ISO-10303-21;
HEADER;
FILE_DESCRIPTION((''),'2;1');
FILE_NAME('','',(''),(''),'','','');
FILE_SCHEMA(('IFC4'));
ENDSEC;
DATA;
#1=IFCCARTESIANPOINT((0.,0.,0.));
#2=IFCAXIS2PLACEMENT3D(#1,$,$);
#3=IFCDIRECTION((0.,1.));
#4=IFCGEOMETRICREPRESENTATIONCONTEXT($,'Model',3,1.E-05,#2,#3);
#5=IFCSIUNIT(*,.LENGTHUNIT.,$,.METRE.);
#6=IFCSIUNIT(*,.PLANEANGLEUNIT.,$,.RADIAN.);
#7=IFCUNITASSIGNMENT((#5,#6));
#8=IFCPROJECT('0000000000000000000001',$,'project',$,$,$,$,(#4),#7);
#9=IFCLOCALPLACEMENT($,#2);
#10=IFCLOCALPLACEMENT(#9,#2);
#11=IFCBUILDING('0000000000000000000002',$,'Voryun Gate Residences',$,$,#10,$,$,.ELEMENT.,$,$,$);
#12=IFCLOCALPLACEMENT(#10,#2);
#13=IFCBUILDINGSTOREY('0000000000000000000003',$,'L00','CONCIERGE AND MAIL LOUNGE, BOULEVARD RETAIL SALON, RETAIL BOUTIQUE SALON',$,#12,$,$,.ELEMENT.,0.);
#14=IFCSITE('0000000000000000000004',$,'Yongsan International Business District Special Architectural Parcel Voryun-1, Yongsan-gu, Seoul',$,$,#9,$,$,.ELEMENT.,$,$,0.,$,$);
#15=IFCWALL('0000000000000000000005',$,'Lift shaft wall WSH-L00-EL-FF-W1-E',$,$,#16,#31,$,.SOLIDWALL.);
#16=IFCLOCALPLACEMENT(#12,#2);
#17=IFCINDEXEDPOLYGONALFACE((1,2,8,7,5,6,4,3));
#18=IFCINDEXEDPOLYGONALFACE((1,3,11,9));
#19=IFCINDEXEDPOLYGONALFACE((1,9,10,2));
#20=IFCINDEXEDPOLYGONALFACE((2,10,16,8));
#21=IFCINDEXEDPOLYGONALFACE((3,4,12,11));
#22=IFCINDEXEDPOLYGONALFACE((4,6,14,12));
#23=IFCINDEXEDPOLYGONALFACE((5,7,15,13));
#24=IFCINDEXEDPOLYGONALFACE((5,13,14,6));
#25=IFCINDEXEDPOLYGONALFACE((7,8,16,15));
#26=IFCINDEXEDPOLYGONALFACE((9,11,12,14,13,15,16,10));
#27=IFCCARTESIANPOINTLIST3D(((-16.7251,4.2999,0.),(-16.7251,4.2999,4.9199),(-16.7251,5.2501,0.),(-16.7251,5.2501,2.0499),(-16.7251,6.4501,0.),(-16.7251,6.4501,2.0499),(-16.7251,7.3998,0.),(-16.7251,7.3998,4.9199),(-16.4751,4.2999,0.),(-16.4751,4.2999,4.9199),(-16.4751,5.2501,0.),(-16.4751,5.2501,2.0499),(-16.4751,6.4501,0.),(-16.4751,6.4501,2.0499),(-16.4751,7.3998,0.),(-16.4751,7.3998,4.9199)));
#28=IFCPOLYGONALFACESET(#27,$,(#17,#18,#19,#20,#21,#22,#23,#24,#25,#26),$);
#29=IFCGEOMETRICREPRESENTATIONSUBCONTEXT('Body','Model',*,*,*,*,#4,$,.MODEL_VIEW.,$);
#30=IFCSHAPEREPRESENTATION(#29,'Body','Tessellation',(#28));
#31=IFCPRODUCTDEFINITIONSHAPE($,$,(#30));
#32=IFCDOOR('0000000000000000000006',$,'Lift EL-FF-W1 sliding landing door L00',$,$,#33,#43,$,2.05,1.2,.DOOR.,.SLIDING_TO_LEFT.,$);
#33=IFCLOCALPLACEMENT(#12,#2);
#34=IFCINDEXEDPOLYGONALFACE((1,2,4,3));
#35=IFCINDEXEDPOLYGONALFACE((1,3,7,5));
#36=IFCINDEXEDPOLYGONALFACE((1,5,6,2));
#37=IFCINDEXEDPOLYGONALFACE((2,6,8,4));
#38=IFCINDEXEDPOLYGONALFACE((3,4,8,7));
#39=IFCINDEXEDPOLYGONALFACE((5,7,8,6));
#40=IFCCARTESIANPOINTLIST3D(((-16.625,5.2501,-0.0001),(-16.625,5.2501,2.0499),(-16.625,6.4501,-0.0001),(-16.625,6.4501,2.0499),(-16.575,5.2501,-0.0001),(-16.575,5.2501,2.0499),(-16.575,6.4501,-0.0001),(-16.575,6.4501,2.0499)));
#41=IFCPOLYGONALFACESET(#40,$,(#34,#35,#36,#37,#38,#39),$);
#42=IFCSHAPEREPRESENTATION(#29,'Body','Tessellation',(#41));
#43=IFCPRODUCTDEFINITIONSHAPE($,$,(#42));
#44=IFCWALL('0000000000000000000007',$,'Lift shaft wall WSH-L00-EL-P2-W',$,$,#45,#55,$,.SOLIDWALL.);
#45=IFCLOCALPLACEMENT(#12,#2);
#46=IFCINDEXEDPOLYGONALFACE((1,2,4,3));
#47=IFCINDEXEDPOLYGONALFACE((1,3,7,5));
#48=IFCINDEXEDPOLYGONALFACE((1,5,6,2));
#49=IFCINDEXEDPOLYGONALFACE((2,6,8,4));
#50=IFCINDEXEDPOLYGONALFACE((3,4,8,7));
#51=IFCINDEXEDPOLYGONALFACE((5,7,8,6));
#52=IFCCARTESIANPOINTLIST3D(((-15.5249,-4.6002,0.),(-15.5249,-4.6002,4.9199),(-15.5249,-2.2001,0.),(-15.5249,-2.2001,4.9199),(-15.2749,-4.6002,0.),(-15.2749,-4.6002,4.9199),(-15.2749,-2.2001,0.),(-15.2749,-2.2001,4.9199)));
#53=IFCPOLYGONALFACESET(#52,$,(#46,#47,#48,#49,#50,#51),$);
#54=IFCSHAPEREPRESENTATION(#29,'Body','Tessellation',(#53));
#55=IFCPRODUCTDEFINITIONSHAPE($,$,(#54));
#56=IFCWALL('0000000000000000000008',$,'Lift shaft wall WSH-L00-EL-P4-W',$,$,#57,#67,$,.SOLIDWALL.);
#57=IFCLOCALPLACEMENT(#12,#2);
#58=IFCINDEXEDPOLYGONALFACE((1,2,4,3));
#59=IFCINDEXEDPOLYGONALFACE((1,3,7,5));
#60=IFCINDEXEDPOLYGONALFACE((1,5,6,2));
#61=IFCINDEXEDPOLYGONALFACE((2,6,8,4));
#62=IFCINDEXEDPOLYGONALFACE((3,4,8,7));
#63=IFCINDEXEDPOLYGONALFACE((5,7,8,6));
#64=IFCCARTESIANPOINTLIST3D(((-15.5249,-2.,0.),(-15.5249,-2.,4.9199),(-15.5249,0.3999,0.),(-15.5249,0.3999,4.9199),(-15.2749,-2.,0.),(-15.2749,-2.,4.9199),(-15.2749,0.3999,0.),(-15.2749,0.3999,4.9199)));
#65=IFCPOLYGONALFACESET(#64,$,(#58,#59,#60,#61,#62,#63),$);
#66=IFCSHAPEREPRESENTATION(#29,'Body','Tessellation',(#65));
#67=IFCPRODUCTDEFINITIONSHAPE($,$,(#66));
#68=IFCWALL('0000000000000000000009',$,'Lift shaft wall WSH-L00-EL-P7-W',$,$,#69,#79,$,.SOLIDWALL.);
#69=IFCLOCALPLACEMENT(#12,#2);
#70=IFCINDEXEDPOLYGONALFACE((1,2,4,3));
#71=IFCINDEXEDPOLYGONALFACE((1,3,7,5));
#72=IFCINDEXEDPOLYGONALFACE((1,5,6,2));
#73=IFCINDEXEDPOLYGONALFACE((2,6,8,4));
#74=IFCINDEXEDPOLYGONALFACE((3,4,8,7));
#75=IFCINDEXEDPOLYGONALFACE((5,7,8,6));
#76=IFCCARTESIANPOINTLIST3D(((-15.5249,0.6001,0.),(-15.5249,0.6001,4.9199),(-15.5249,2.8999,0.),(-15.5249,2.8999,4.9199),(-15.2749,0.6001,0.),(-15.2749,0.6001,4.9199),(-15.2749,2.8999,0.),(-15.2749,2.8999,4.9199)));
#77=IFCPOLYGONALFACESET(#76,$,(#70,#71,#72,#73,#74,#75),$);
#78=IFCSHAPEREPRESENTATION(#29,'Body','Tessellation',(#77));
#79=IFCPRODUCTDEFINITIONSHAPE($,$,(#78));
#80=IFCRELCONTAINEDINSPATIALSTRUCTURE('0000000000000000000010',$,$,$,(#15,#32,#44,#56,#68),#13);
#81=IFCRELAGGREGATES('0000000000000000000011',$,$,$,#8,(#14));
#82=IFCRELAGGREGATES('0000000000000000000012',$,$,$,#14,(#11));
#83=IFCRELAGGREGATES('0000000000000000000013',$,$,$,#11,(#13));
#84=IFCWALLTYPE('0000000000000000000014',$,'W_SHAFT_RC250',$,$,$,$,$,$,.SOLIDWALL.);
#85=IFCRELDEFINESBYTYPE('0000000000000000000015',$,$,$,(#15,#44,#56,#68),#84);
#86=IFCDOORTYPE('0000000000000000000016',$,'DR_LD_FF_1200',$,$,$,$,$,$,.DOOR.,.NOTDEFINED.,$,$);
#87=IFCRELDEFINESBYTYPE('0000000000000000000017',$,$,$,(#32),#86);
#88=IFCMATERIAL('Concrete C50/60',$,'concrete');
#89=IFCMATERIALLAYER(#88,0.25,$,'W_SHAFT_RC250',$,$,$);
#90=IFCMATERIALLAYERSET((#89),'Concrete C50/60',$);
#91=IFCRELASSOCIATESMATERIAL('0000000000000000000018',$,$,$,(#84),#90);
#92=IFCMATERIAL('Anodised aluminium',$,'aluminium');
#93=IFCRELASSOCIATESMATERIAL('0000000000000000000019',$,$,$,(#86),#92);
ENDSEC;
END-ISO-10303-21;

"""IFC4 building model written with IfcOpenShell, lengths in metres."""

from ifc_helpers import new_model, si_unit, direction, frame, frame_2d, origin, place, context, subcontext, project, spatial, rectangle, extrude, material, layer, layer_set, type_object, element, fill, save


model = new_model("IFC4")

# Units and contexts
model_context = context("Model", 3, precision=1e-05, world=origin(), true_north=direction((0.0, 1.0)))
body_context = subcontext(model_context, "Body", "Model", "MODEL_VIEW")
ifc_project = project(units=[si_unit("LENGTHUNIT", "METRE"), si_unit("PLANEANGLEUNIT", "RADIAN")], contexts=[model_context])

# Site, building, storey
site_placement = place(None, origin())
site = spatial("IfcSite", under=ifc_project, at=site_placement, Name="Yongsan International Business District Special Architectural Parcel Voryun-1, Yongsan-gu, Seoul", CompositionType="ELEMENT", RefElevation=0.0)
building_placement = place(site_placement, origin())
building = spatial("IfcBuilding", under=site, at=building_placement, Name="Voryun Gate Residences", CompositionType="ELEMENT")
storey_placement = place(building_placement, origin())
storey = spatial("IfcBuildingStorey", under=building, at=storey_placement, Name="L00", Description="CONCIERGE AND MAIL LOUNGE, BOULEVARD RETAIL SALON, RETAIL BOUTIQUE SALON", CompositionType="ELEMENT", Elevation=0.0)

# Wall, opening, door
ifc_material_1 = material(Name="Concrete C50/60", Category="concrete")
ifc_layer_1 = layer(ifc_material_1, 0.25, Name="W_SHAFT_RC250")
ifc_layer_set_1 = layer_set([ifc_layer_1], Name="Concrete C50/60")
wall_type_1 = type_object("IfcWallType", Name="W_SHAFT_RC250", PredefinedType="SOLIDWALL", material=ifc_layer_set_1)
wall_1_placement = place(storey_placement, frame((-16.6001, 4.3, 0.0), z_axis=(0.0, 0.0, 1.0), x_axis=(0.0, 1.0, 0.0)))
wall_1 = element("IfcWall", 1, at=wall_1_placement, inside=storey, type_object=wall_type_1, Name="Lift shaft wall WSH-L00-EL-FF-W1-E", PredefinedType="SOLIDWALL", context=body_context, shape_type="SweptSolid", body=[
    extrude(rectangle(XDim=3.0999, YDim=0.25, at=frame_2d((1.5498, 0.0))), origin(), (0.0, 0.0, 1.0), 4.9199),
])
opening_placement = place(wall_1_placement, frame((0.95, 0.0, 0.0)))
opening = element("IfcOpeningElement", 2, at=opening_placement, cuts=wall_1, PredefinedType="OPENING", context=body_context, shape_type="SweptSolid", body=[
    extrude(rectangle(XDim=1.2, YDim=2.05, at=frame_2d((0.6001, 1.0249))), frame((0.0, 0.135, 0.0), z_axis=(0.0, -1.0, 0.0), x_axis=(1.0, 0.0, 0.0)), (0.0, 0.0, 1.0), 0.27),
])
ifc_material_2 = material(Name="Anodised aluminium", Category="aluminium")
door_type = type_object("IfcDoorType", Name="DR_LD_FF_1200", OperationType="NOTDEFINED", PredefinedType="DOOR", material=ifc_material_2)
door_placement = place(opening_placement, origin())
door = element("IfcDoor", 3, at=door_placement, inside=storey, type_object=door_type, Name="Lift EL-FF-W1 sliding landing door L00", OperationType="SLIDING_TO_LEFT", OverallHeight=2.05, OverallWidth=1.2, PredefinedType="DOOR", context=body_context, shape_type="SweptSolid", body=[
    extrude(rectangle(XDim=1.2, YDim=2.05, at=frame_2d((0.6001, 1.0249))), frame((0.0, 0.0249, 0.0), z_axis=(0.0, -1.0, 0.0), x_axis=(1.0, 0.0, 0.0)), (0.0, 0.0, 1.0), 0.05),
])
fill(opening, door)

# Walls
wall_2_placement = place(storey_placement, frame((-15.3999, -2.2, 0.0), z_axis=(0.0, 0.0, 1.0), x_axis=(0.0, -1.0, 0.0)))
element("IfcWall", 4, at=wall_2_placement, inside=storey, type_object=wall_type_1, Name="Lift shaft wall WSH-L00-EL-P2-W", PredefinedType="SOLIDWALL", context=body_context, shape_type="SweptSolid", body=[
    extrude(rectangle(XDim=2.4001, YDim=0.25, at=frame_2d((1.2002, 0.0))), origin(), (0.0, 0.0, 1.0), 4.9199),
])
wall_3_placement = place(storey_placement, frame((-15.3999, 0.3999, 0.0), z_axis=(0.0, 0.0, 1.0), x_axis=(0.0, -1.0, 0.0)))
element("IfcWall", 5, at=wall_3_placement, inside=storey, type_object=wall_type_1, Name="Lift shaft wall WSH-L00-EL-P4-W", PredefinedType="SOLIDWALL", context=body_context, shape_type="SweptSolid", body=[
    extrude(rectangle(XDim=2.3999, YDim=0.25, at=frame_2d((1.2, 0.0))), origin(), (0.0, 0.0, 1.0), 4.9199),
])
wall_4_placement = place(storey_placement, frame((-15.3999, 2.8999, 0.0), z_axis=(0.0, 0.0, 1.0), x_axis=(0.0, -1.0, 0.0)))
element("IfcWall", 6, at=wall_4_placement, inside=storey, type_object=wall_type_1, Name="Lift shaft wall WSH-L00-EL-P7-W", PredefinedType="SOLIDWALL", context=body_context, shape_type="SweptSolid", body=[
    extrude(rectangle(XDim=2.2998, YDim=0.25, at=frame_2d((1.1499, 0.0))), origin(), (0.0, 0.0, 1.0), 4.9199),
])

save(model, "model.ifc")
